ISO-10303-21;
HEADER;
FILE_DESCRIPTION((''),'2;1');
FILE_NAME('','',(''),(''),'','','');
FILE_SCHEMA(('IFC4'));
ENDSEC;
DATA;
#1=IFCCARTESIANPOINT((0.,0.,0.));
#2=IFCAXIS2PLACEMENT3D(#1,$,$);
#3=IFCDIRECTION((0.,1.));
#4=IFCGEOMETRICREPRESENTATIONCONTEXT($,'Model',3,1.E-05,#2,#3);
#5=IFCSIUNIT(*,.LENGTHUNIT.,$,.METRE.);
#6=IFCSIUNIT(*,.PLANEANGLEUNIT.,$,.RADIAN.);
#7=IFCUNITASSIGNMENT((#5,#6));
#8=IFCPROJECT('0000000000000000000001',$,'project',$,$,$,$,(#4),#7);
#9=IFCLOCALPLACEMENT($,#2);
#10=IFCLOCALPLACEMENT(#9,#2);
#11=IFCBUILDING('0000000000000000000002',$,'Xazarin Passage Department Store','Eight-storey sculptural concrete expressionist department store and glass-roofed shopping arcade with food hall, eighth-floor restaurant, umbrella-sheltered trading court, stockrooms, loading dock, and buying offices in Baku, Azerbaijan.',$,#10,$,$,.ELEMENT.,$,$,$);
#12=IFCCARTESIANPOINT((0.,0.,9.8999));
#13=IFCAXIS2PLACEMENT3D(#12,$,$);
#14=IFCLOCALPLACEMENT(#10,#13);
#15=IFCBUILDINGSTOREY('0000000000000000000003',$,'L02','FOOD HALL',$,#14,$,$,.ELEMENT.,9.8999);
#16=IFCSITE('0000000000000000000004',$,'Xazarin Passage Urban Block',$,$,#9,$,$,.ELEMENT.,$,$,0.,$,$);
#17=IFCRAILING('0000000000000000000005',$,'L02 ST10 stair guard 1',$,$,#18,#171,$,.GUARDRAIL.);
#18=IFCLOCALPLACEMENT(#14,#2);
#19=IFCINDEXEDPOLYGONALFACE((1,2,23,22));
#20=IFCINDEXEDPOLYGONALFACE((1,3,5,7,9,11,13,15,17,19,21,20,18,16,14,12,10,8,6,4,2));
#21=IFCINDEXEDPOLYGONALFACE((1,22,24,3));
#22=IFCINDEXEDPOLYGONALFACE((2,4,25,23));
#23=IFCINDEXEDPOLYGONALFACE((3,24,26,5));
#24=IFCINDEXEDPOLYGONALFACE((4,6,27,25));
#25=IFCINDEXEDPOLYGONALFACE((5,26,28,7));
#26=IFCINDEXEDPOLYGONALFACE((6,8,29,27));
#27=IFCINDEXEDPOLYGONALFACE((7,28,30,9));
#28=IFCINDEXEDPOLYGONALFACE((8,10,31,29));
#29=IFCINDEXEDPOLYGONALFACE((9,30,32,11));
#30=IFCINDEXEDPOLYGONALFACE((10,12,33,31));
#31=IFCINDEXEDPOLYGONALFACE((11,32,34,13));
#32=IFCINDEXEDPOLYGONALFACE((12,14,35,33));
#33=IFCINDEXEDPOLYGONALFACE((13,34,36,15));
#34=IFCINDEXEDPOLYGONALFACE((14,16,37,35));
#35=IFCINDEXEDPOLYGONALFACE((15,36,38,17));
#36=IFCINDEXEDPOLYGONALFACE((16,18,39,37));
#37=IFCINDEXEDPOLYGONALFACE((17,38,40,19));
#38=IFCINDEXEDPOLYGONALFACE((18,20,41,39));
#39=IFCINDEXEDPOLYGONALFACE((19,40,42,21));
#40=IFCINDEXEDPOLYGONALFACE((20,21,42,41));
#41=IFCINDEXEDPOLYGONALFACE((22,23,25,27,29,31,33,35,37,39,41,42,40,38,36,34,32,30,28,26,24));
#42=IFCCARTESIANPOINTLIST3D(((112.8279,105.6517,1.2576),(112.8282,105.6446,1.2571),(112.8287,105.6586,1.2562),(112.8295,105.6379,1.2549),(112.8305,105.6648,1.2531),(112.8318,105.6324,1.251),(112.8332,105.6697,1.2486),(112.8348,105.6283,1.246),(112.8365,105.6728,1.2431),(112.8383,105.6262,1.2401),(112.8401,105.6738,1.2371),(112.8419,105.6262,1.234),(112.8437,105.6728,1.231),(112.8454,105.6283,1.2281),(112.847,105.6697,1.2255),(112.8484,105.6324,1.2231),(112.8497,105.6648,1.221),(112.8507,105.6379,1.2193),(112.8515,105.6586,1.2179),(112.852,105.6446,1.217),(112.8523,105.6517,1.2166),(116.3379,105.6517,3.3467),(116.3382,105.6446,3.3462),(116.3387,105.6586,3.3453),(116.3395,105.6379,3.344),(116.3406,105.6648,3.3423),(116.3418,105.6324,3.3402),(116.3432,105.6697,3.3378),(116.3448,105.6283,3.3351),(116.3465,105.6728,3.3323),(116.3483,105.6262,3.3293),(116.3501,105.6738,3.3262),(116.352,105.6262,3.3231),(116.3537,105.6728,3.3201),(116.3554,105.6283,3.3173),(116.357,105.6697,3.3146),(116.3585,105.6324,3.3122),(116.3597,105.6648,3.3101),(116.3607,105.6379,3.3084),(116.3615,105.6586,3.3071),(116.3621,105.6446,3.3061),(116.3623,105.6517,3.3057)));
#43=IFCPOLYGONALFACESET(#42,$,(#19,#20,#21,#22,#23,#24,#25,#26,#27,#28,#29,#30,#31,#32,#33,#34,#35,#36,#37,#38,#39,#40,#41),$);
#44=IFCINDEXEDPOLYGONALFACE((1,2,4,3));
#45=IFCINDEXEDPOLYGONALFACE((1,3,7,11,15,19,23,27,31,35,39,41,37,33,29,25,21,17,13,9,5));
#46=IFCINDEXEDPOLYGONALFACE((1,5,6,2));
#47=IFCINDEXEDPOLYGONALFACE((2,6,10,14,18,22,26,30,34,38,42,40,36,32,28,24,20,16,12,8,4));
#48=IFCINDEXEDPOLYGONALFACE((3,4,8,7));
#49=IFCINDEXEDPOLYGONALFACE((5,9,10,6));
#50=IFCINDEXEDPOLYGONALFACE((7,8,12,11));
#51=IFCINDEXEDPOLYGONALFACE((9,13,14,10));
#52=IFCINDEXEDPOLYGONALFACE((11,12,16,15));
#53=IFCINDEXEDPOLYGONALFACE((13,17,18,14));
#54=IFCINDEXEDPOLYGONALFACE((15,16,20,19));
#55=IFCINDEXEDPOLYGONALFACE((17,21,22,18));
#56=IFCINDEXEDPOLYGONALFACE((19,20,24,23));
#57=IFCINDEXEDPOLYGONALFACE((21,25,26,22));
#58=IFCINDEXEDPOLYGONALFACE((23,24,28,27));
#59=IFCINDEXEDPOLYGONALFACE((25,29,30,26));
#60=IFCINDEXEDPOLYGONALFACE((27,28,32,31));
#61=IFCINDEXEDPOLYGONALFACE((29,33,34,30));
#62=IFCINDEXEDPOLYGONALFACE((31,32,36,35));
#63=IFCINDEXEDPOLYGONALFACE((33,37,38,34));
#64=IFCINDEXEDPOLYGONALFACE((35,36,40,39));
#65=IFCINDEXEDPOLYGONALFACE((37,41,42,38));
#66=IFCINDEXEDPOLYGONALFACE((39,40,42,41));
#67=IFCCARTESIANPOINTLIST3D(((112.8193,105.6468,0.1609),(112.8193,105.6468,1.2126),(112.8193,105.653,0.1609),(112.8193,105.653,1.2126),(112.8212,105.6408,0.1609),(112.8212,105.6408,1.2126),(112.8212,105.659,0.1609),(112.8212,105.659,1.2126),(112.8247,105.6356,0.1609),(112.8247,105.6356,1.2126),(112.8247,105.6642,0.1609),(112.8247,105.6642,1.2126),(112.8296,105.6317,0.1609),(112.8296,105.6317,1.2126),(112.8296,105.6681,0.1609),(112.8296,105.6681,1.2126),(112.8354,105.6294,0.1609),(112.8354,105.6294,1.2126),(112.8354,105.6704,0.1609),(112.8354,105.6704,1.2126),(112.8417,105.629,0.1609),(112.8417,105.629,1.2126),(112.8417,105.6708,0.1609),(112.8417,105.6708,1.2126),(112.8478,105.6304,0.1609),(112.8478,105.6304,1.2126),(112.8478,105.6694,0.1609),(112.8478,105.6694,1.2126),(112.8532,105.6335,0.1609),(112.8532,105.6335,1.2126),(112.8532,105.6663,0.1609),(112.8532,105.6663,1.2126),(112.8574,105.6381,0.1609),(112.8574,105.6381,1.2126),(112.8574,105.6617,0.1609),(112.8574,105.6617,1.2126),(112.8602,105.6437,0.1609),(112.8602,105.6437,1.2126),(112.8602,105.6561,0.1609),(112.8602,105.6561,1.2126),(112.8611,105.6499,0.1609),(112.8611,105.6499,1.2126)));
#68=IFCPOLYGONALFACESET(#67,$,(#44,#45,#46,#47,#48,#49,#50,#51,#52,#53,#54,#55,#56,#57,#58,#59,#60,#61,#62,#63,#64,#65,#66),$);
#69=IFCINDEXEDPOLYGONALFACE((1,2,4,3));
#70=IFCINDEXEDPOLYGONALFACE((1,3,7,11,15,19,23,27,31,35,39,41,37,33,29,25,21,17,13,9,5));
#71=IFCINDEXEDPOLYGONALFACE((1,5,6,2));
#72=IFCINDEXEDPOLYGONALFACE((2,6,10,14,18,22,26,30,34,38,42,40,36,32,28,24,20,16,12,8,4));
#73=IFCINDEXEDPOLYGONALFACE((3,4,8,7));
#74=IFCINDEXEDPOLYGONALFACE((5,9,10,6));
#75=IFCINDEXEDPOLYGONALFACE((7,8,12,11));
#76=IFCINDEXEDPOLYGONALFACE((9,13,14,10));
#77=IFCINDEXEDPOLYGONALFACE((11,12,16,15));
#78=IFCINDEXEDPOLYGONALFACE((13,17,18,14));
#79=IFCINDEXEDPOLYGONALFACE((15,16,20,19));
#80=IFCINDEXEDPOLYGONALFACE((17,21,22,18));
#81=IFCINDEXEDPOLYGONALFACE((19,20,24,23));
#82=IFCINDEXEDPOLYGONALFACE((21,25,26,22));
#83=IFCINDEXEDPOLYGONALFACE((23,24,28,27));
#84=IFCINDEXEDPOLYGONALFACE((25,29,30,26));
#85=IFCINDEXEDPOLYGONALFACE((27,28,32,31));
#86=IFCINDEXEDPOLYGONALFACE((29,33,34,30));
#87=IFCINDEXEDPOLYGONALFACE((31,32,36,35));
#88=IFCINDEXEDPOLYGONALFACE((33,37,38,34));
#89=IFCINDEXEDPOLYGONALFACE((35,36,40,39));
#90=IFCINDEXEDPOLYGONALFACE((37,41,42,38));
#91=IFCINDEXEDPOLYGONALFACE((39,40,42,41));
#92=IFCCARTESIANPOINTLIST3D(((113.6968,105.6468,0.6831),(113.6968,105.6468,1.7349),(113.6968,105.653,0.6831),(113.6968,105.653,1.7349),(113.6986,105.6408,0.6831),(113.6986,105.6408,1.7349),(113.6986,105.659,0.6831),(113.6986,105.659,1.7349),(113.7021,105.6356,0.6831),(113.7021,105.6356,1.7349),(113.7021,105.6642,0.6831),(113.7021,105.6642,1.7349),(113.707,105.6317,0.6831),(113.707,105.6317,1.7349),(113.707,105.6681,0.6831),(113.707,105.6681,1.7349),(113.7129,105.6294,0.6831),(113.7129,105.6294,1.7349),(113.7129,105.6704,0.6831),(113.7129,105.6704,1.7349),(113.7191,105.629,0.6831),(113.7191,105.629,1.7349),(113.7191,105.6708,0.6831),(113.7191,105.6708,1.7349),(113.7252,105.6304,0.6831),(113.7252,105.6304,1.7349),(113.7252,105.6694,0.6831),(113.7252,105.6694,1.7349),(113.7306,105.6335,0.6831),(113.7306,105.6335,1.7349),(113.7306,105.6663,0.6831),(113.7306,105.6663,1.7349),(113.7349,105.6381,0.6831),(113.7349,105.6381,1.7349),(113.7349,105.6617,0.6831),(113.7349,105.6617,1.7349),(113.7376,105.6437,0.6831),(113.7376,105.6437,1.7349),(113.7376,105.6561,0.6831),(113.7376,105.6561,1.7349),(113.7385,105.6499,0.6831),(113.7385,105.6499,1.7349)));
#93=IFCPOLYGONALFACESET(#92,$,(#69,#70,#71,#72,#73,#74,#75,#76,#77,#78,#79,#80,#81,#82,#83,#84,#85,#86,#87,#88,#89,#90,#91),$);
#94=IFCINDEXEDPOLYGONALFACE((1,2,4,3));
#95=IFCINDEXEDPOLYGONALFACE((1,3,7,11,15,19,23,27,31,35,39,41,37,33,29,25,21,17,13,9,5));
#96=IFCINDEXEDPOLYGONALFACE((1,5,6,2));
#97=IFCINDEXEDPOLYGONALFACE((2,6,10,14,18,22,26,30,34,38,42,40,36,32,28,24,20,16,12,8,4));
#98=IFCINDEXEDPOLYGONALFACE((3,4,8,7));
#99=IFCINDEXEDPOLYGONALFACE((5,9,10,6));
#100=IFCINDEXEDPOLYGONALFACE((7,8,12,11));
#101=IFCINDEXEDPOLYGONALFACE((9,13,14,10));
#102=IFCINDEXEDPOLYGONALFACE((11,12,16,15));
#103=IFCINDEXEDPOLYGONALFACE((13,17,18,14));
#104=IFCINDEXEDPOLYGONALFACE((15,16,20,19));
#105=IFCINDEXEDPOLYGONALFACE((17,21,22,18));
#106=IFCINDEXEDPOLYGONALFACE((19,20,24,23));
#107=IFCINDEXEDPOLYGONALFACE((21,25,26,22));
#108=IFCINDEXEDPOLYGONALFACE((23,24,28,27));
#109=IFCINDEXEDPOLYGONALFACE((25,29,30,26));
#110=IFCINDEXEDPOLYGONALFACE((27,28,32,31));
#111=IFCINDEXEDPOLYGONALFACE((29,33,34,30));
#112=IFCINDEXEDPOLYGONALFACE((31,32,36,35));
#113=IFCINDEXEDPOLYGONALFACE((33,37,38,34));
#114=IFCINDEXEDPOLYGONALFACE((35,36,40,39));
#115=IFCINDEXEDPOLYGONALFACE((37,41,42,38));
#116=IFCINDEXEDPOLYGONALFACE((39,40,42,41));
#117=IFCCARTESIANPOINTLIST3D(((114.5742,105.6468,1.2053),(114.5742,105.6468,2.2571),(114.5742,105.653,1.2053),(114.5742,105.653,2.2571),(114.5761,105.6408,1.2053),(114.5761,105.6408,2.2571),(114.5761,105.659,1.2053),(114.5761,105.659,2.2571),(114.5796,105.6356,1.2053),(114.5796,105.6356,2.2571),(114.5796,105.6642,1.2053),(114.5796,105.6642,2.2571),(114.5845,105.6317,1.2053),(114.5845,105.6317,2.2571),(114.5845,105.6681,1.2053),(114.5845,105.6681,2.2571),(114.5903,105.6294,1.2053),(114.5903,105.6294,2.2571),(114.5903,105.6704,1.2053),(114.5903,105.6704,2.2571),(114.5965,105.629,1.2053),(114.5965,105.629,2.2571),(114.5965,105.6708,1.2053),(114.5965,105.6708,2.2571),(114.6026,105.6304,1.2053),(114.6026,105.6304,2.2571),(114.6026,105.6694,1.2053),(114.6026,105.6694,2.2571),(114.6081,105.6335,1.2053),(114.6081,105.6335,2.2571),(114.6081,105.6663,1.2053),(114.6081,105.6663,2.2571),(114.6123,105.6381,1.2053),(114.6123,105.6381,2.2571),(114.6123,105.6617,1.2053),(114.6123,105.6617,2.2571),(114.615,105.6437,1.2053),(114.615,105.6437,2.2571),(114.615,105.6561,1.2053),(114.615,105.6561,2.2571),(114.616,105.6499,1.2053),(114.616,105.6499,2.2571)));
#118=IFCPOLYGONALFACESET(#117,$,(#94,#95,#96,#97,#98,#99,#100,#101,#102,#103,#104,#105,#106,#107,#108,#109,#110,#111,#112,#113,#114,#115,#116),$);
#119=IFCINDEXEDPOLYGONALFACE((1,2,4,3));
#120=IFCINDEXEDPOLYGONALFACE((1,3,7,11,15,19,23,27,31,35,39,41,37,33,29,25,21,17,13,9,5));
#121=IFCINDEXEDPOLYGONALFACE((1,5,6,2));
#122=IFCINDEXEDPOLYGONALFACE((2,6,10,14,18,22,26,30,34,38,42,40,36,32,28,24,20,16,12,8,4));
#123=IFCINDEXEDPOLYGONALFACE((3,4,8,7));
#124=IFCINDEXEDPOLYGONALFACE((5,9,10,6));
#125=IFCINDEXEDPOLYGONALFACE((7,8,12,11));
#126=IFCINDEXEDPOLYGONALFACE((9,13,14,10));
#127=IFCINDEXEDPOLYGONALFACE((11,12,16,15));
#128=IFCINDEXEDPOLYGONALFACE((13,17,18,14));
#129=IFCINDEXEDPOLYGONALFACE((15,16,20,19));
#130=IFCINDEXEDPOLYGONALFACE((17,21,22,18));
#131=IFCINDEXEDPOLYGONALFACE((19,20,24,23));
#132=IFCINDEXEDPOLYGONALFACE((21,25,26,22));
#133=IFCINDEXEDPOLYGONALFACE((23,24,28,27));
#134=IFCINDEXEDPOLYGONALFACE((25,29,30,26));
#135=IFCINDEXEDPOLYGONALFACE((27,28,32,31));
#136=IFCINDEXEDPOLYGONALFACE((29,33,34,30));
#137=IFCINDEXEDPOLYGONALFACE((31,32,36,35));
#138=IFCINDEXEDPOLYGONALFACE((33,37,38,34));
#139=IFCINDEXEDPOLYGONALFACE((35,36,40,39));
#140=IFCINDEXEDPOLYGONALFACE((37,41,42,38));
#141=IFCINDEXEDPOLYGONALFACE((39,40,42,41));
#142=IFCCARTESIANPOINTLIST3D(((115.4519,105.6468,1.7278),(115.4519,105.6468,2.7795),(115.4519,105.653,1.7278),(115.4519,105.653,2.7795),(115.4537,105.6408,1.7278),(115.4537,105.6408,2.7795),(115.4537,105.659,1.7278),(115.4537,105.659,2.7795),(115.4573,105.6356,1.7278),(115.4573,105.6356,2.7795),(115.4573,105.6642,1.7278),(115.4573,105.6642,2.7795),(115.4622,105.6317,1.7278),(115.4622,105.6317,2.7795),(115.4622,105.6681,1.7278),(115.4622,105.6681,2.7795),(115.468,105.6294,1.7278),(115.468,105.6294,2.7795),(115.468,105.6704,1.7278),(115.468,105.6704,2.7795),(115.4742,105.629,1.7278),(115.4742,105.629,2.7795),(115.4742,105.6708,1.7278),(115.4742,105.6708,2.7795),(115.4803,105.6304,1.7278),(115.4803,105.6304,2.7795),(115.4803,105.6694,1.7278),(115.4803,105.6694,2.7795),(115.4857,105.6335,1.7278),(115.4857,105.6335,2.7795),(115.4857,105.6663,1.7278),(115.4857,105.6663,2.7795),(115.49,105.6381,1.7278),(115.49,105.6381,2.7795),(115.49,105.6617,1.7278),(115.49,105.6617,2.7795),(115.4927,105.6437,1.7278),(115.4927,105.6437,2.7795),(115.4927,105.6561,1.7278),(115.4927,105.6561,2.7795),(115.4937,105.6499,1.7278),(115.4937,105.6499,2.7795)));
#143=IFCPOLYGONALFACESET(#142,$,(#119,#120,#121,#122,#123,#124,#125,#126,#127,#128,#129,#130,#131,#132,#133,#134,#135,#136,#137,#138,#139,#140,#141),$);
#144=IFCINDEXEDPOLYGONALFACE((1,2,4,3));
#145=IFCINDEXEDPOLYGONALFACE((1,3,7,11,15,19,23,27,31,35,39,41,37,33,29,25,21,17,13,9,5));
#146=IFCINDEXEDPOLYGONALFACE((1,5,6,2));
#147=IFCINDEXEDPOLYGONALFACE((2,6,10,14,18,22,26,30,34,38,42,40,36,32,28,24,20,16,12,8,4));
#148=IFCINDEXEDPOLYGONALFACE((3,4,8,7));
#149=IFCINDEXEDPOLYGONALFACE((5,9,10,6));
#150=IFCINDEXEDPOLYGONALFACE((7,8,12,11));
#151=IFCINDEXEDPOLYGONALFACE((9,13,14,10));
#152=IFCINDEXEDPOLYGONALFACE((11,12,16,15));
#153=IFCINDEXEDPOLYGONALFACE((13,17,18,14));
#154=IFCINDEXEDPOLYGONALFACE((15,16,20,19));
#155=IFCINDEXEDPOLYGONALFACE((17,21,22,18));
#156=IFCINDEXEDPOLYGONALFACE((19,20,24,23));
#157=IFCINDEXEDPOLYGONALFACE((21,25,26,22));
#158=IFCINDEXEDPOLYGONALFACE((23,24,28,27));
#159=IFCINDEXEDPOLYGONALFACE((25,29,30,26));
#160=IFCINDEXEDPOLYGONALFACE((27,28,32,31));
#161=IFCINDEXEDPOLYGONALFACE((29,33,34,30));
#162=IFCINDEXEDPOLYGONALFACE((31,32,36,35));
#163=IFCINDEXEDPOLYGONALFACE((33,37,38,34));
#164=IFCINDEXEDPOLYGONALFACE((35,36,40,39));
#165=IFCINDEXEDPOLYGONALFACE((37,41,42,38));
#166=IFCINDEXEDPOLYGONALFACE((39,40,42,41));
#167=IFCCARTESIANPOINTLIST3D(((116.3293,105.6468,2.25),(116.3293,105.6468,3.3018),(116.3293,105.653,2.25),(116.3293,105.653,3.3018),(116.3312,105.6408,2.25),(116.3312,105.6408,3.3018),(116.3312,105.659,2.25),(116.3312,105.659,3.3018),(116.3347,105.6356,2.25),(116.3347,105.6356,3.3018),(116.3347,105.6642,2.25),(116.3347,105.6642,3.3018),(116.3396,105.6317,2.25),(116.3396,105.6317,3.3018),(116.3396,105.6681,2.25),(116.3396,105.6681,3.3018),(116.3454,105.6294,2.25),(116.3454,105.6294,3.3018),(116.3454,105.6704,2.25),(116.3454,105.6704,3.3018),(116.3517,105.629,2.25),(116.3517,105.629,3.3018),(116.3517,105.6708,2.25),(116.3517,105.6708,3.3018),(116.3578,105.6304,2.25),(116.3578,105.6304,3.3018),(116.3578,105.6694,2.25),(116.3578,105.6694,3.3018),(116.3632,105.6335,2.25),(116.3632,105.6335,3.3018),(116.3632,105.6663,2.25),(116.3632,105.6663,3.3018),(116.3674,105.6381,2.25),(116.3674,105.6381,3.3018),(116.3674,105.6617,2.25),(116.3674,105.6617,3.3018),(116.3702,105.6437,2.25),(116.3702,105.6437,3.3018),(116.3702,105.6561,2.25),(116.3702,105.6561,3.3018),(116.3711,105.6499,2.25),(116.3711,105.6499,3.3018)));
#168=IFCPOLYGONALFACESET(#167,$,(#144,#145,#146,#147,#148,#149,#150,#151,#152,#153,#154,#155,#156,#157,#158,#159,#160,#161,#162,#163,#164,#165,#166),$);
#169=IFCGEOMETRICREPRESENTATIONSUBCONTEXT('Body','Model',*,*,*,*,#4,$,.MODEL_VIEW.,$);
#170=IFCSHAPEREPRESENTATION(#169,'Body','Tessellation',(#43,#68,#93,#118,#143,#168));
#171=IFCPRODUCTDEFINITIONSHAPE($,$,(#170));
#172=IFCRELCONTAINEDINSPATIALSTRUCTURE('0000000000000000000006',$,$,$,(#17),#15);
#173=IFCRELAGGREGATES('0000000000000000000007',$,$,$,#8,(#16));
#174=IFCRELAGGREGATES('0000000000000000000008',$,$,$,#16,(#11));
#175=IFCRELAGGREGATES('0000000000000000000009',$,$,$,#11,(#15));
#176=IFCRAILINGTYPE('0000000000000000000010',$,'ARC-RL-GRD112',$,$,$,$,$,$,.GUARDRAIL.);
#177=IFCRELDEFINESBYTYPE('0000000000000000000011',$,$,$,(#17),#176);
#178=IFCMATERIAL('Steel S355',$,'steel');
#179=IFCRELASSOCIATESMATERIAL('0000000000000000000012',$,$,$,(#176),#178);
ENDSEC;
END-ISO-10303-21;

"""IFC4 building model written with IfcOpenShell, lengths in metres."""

from ifc_helpers import new_model, si_unit, direction, frame, origin, origin_2d, place, context, subcontext, project, spatial, circle, extrude, material, type_object, element, save


model = new_model("IFC4")

# Units and contexts
model_context = context("Model", 3, precision=1e-05, world=origin(), true_north=direction((0.0, 1.0)))
body_context = subcontext(model_context, "Body", "Model", "MODEL_VIEW")
ifc_project = project(units=[si_unit("LENGTHUNIT", "METRE"), si_unit("PLANEANGLEUNIT", "RADIAN")], contexts=[model_context])

# Site, building, storey
site_placement = place(None, origin())
site = spatial("IfcSite", under=ifc_project, at=site_placement, Name="Xazarin Passage Urban Block", CompositionType="ELEMENT", RefElevation=0.0)
building_placement = place(site_placement, origin())
building = spatial("IfcBuilding", under=site, at=building_placement, Name="Xazarin Passage Department Store", Description="Eight-storey sculptural concrete expressionist department store and glass-roofed shopping arcade with food hall, eighth-floor restaurant, umbrella-sheltered trading court, stockrooms, loading dock, and buying offices in Baku, Azerbaijan.", CompositionType="ELEMENT")
storey_placement = place(building_placement, frame((0.0, 0.0, 9.8999)))
storey = spatial("IfcBuildingStorey", under=building, at=storey_placement, Name="L02", Description="FOOD HALL", CompositionType="ELEMENT", Elevation=9.8999)

# Shared definitions
ifc_material_1 = material(Name="Steel S355", Category="steel")

# Railing
railing_type_1 = type_object("IfcRailingType", Name="ARC-RL-GRD112", PredefinedType="GUARDRAIL", material=ifc_material_1)
railing_1_placement = place(storey_placement, frame((112.8401, 105.6499, 0.1609)))
element("IfcRailing", 1, at=railing_1_placement, inside=storey, type_object=railing_type_1, Name="L02 ST10 stair guard 1", PredefinedType="GUARDRAIL", context=body_context, shape_type="SweptSolid", body=[
    extrude(circle(Radius=0.0239, at=origin_2d()), frame((0.0, 0.0, 1.0762), z_axis=(0.859312, 0.0, 0.511451), x_axis=(0.0, 1.0, 0.0)), (0.0, 0.0, 1.0), 4.0847),
    extrude(circle(Radius=0.021, at=origin_2d()), origin(), (0.0, 0.0, 1.0), 1.0518),
    extrude(circle(Radius=0.021, at=origin_2d()), frame((0.8774, 0.0, 0.5222)), (0.0, 0.0, 1.0), 1.0518),
    extrude(circle(Radius=0.021, at=origin_2d()), frame((1.7549, 0.0, 1.0444)), (0.0, 0.0, 1.0), 1.0518),
    extrude(circle(Radius=0.021, at=origin_2d()), frame((2.6326, 0.0, 1.5669)), (0.0, 0.0, 1.0), 1.0518),
    extrude(circle(Radius=0.021, at=origin_2d()), frame((3.51, 0.0, 2.0891)), (0.0, 0.0, 1.0), 1.0518),
])

save(model, "model.ifc")
